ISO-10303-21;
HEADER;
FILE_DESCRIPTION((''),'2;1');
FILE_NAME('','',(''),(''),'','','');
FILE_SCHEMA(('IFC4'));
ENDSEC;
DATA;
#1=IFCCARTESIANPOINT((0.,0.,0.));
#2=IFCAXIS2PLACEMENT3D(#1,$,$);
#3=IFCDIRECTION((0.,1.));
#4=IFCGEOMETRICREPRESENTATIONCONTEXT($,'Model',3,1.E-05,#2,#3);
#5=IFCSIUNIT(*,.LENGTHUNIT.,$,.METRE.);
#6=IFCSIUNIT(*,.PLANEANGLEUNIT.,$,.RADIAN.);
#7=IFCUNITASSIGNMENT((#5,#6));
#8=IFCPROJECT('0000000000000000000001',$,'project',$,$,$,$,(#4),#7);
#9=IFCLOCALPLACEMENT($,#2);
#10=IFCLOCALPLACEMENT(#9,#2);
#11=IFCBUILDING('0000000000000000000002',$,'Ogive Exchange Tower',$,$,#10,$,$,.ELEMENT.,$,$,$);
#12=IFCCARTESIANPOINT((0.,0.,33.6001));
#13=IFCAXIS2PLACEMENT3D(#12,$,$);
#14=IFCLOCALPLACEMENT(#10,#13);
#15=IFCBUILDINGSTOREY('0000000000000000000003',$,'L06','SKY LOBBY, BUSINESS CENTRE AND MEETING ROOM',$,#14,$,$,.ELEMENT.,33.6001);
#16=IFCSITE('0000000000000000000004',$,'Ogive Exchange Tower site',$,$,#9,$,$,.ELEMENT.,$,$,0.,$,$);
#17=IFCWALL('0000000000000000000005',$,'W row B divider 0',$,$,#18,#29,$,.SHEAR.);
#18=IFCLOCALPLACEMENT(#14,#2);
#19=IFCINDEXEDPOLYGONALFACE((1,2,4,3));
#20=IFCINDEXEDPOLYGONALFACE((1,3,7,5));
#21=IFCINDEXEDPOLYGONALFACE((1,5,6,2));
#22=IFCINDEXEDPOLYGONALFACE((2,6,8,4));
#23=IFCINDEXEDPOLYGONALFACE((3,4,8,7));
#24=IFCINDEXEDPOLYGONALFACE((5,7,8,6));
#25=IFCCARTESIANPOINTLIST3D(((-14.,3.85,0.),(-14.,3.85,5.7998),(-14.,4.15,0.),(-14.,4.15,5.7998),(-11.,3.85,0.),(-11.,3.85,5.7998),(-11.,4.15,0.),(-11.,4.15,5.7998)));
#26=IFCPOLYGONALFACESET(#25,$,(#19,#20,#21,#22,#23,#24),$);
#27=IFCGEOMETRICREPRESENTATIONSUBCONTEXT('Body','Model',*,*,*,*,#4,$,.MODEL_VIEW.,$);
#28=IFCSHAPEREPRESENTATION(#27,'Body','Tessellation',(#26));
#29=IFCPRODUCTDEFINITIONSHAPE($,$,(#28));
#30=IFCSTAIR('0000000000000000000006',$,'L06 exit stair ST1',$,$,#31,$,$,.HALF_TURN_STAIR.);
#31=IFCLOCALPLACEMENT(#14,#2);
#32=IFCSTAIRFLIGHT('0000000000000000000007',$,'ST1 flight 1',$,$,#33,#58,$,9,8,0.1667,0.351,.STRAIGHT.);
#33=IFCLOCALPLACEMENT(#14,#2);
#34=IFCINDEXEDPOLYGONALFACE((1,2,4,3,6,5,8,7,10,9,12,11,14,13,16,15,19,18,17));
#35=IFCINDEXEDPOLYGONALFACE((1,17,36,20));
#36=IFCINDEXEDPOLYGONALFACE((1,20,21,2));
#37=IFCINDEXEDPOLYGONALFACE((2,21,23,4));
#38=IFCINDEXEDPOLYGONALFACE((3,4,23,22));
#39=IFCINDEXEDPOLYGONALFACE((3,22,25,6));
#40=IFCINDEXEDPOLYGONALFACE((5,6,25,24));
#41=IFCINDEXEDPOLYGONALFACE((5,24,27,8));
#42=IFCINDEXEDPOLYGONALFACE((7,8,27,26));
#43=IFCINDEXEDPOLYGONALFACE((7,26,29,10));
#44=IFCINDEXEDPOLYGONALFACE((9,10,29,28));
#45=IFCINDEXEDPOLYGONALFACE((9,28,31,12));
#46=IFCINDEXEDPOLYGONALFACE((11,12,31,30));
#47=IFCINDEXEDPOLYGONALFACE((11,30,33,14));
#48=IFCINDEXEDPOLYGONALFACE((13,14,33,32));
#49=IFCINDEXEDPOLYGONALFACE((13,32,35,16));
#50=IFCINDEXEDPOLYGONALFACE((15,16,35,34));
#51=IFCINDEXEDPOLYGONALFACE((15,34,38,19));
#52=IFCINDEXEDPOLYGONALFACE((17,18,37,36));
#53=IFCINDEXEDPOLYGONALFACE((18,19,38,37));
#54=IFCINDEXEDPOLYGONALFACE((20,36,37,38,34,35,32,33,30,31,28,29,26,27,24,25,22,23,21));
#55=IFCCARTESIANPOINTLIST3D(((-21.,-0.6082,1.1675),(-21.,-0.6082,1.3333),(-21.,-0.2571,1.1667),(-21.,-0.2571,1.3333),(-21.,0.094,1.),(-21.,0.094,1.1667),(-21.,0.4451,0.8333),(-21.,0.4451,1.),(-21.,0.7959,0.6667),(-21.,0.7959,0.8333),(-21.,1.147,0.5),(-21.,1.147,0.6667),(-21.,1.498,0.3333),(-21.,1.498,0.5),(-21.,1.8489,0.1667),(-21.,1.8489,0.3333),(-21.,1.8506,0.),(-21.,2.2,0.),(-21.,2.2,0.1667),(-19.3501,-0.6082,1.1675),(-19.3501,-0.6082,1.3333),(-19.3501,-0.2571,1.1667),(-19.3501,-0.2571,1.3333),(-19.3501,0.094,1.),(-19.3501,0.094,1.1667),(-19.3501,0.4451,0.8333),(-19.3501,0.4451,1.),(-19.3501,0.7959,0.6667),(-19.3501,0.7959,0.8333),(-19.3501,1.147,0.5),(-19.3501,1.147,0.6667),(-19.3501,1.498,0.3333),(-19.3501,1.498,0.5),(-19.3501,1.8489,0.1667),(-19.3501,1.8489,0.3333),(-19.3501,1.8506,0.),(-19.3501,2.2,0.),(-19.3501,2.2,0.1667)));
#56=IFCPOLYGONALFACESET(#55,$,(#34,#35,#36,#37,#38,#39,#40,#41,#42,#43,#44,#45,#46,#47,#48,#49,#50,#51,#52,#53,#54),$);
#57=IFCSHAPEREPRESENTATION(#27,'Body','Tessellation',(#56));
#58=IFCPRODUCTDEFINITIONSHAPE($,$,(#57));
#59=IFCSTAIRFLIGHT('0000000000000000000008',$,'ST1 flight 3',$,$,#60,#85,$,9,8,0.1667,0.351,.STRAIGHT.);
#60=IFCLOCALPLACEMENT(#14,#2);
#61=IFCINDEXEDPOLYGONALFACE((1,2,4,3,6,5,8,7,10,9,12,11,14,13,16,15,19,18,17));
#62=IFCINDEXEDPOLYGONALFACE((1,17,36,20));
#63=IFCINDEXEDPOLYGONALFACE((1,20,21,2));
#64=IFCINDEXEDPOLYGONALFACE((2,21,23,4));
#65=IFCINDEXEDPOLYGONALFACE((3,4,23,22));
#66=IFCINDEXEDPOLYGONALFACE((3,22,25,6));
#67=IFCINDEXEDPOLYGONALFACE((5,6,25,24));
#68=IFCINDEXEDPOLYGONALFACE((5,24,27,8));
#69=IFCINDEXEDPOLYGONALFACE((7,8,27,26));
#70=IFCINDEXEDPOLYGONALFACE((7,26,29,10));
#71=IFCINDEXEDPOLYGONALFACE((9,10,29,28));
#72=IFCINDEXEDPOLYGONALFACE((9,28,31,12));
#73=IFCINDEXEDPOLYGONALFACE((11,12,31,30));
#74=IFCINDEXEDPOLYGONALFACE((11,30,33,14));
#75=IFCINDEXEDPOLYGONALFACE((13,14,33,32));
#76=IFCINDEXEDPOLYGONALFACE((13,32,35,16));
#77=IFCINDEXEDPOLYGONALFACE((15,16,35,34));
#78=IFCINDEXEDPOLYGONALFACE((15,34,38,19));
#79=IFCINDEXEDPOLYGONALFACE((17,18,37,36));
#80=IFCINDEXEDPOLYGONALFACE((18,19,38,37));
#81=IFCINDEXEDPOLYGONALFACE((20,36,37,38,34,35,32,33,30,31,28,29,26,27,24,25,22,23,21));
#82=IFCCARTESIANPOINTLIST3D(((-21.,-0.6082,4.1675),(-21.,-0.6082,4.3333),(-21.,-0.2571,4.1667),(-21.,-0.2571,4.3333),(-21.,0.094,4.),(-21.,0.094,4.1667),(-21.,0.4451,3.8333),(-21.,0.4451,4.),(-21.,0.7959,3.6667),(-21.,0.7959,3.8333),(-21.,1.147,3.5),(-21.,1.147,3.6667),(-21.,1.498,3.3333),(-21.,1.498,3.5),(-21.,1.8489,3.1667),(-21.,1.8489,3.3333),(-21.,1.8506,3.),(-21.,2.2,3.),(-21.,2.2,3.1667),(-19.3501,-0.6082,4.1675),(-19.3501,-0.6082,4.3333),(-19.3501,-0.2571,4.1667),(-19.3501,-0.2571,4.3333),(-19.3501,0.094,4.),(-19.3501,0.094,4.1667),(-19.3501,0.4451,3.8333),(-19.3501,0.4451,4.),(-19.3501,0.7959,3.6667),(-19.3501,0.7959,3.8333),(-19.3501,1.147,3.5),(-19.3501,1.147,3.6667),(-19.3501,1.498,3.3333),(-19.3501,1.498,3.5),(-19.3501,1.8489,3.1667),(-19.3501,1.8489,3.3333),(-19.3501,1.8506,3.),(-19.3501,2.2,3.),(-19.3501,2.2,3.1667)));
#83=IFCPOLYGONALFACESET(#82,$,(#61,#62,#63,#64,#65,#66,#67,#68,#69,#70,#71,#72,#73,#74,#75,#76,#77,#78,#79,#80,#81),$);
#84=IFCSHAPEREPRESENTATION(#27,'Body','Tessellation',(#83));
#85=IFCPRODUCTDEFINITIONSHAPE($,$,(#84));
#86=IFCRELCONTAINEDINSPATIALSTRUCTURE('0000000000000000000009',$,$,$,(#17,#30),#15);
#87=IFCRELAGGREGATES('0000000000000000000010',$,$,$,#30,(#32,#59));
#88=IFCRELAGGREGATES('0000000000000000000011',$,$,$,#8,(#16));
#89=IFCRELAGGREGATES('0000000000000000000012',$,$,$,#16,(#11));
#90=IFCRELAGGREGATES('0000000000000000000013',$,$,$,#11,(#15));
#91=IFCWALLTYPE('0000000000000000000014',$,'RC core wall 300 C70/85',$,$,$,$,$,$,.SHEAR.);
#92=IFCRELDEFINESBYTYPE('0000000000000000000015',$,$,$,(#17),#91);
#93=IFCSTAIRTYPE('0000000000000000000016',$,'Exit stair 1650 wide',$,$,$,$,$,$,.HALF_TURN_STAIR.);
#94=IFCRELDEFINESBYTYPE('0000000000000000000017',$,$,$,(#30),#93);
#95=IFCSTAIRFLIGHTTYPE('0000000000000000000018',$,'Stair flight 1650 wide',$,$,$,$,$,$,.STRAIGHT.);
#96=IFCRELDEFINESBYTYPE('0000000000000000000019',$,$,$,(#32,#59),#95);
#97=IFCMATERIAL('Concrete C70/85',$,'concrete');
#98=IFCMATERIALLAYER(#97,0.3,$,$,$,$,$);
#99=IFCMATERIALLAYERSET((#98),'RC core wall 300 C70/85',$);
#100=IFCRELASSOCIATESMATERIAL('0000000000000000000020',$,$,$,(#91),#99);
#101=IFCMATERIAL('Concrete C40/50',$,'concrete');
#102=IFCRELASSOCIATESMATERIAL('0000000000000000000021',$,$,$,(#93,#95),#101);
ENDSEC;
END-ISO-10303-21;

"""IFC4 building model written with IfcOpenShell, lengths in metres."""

from ifc_helpers import new_model, si_unit, direction, frame, frame_2d, origin, place, context, subcontext, project, spatial, polyline, rectangle, outline, extrude, material, layer, layer_set, type_object, element, aggregate, save


model = new_model("IFC4")

# Units and contexts
model_context = context("Model", 3, precision=1e-05, world=origin(), true_north=direction((0.0, 1.0)))
body_context = subcontext(model_context, "Body", "Model", "MODEL_VIEW")
ifc_project = project(units=[si_unit("LENGTHUNIT", "METRE"), si_unit("PLANEANGLEUNIT", "RADIAN")], contexts=[model_context])

# Site, building, storey
site_placement = place(None, origin())
site = spatial("IfcSite", under=ifc_project, at=site_placement, Name="Ogive Exchange Tower site", CompositionType="ELEMENT", RefElevation=0.0)
building_placement = place(site_placement, origin())
building = spatial("IfcBuilding", under=site, at=building_placement, Name="Ogive Exchange Tower", CompositionType="ELEMENT")
storey_placement = place(building_placement, frame((0.0, 0.0, 33.6001)))
storey = spatial("IfcBuildingStorey", under=building, at=storey_placement, Name="L06", Description="SKY LOBBY, BUSINESS CENTRE AND MEETING ROOM", CompositionType="ELEMENT", Elevation=33.6001)

# Shared definitions
ifc_material_1 = material(Name="Concrete C70/85", Category="concrete")

# Wall
ifc_layer_1 = layer(ifc_material_1, 0.3)
ifc_layer_set_1 = layer_set([ifc_layer_1], Name="RC core wall 300 C70/85")
wall_type_1 = type_object("IfcWallType", Name="RC core wall 300 C70/85", PredefinedType="SHEAR", material=ifc_layer_set_1)
wall_1_placement = place(storey_placement, frame((-14.0, 4.0, 0.0), z_axis=(0.0, 0.0, 1.0), x_axis=(1.0, 0.0, 0.0)))
element("IfcWall", 1, at=wall_1_placement, inside=storey, type_object=wall_type_1, Name="W row B divider 0", PredefinedType="SHEAR", context=body_context, shape_type="SweptSolid", body=[
    extrude(rectangle(XDim=3.0, YDim=0.3, at=frame_2d((1.5, 0.0))), origin(), (0.0, 0.0, 1.0), 5.7998),
])

# Stair, stair flights
ifc_material_2 = material(Name="Concrete C40/50", Category="concrete")
stair_type = type_object("IfcStairType", Name="Exit stair 1650 wide", PredefinedType="HALF_TURN_STAIR", material=ifc_material_2)
stair_placement = place(storey_placement, origin())
stair = element("IfcStair", 2, at=stair_placement, inside=storey, type_object=stair_type, Name="L06 exit stair ST1", PredefinedType="HALF_TURN_STAIR")
stair_flight_type = type_object("IfcStairFlightType", Name="Stair flight 1650 wide", PredefinedType="STRAIGHT", material=ifc_material_2)
stair_flight_1_placement = place(storey_placement, frame((-20.175, 2.2, 0.0), z_axis=(0.0, 0.0, 1.0), x_axis=(0.0, -1.0, 0.0)))
stair_flight_1 = element("IfcStairFlight", 3, at=stair_flight_1_placement, type_object=stair_flight_type, Name="ST1 flight 1", NumberOfRisers=9, NumberOfTreads=8, PredefinedType="STRAIGHT", RiserHeight=0.1667, TreadLength=0.351, context=body_context, shape_type="SweptSolid", body=[
    extrude(outline(polyline([(0.0, 0.0), (0.0, 0.1667), (0.3511, 0.1667), (0.3511, 0.3333), (0.7019, 0.3333), (0.7019, 0.5), (1.053, 0.5), (1.053, 0.6667), (1.4041, 0.6667), (1.4041, 0.8333), (1.7549, 0.8333), (1.7549, 1.0), (2.106, 1.0), (2.106, 1.1667), (2.457, 1.1667), (2.457, 1.3333), (2.8081, 1.3333), (2.8081, 1.5), (2.8081, 1.1675), (0.3494, 0.0), (0.0, 0.0)])), frame((0.0, 0.825, 0.0), z_axis=(0.0, -1.0, 0.0), x_axis=(1.0, 0.0, 0.0)), (0.0, 0.0, 1.0), 1.6499),
])
stair_flight_2_placement = place(storey_placement, frame((-20.175, 2.2, 3.0), z_axis=(0.0, 0.0, 1.0), x_axis=(0.0, -1.0, 0.0)))
stair_flight_2 = element("IfcStairFlight", 4, at=stair_flight_2_placement, type_object=stair_flight_type, Name="ST1 flight 3", NumberOfRisers=9, NumberOfTreads=8, PredefinedType="STRAIGHT", RiserHeight=0.1667, TreadLength=0.351, context=body_context, shape_type="SweptSolid", body=[
    extrude(outline(polyline([(0.0, 0.0), (0.0, 0.1667), (0.3511, 0.1667), (0.3511, 0.3333), (0.7019, 0.3333), (0.7019, 0.5), (1.053, 0.5), (1.053, 0.6667), (1.4041, 0.6667), (1.4041, 0.8333), (1.7549, 0.8333), (1.7549, 1.0), (2.106, 1.0), (2.106, 1.1667), (2.457, 1.1667), (2.457, 1.3333), (2.8081, 1.3333), (2.8081, 1.5), (2.8081, 1.1675), (0.3494, 0.0), (0.0, 0.0)])), frame((0.0, 0.825, 0.0), z_axis=(0.0, -1.0, 0.0), x_axis=(1.0, 0.0, 0.0)), (0.0, 0.0, 1.0), 1.6499),
])
aggregate(stair, [stair_flight_1, stair_flight_2])

save(model, "model.ifc")
